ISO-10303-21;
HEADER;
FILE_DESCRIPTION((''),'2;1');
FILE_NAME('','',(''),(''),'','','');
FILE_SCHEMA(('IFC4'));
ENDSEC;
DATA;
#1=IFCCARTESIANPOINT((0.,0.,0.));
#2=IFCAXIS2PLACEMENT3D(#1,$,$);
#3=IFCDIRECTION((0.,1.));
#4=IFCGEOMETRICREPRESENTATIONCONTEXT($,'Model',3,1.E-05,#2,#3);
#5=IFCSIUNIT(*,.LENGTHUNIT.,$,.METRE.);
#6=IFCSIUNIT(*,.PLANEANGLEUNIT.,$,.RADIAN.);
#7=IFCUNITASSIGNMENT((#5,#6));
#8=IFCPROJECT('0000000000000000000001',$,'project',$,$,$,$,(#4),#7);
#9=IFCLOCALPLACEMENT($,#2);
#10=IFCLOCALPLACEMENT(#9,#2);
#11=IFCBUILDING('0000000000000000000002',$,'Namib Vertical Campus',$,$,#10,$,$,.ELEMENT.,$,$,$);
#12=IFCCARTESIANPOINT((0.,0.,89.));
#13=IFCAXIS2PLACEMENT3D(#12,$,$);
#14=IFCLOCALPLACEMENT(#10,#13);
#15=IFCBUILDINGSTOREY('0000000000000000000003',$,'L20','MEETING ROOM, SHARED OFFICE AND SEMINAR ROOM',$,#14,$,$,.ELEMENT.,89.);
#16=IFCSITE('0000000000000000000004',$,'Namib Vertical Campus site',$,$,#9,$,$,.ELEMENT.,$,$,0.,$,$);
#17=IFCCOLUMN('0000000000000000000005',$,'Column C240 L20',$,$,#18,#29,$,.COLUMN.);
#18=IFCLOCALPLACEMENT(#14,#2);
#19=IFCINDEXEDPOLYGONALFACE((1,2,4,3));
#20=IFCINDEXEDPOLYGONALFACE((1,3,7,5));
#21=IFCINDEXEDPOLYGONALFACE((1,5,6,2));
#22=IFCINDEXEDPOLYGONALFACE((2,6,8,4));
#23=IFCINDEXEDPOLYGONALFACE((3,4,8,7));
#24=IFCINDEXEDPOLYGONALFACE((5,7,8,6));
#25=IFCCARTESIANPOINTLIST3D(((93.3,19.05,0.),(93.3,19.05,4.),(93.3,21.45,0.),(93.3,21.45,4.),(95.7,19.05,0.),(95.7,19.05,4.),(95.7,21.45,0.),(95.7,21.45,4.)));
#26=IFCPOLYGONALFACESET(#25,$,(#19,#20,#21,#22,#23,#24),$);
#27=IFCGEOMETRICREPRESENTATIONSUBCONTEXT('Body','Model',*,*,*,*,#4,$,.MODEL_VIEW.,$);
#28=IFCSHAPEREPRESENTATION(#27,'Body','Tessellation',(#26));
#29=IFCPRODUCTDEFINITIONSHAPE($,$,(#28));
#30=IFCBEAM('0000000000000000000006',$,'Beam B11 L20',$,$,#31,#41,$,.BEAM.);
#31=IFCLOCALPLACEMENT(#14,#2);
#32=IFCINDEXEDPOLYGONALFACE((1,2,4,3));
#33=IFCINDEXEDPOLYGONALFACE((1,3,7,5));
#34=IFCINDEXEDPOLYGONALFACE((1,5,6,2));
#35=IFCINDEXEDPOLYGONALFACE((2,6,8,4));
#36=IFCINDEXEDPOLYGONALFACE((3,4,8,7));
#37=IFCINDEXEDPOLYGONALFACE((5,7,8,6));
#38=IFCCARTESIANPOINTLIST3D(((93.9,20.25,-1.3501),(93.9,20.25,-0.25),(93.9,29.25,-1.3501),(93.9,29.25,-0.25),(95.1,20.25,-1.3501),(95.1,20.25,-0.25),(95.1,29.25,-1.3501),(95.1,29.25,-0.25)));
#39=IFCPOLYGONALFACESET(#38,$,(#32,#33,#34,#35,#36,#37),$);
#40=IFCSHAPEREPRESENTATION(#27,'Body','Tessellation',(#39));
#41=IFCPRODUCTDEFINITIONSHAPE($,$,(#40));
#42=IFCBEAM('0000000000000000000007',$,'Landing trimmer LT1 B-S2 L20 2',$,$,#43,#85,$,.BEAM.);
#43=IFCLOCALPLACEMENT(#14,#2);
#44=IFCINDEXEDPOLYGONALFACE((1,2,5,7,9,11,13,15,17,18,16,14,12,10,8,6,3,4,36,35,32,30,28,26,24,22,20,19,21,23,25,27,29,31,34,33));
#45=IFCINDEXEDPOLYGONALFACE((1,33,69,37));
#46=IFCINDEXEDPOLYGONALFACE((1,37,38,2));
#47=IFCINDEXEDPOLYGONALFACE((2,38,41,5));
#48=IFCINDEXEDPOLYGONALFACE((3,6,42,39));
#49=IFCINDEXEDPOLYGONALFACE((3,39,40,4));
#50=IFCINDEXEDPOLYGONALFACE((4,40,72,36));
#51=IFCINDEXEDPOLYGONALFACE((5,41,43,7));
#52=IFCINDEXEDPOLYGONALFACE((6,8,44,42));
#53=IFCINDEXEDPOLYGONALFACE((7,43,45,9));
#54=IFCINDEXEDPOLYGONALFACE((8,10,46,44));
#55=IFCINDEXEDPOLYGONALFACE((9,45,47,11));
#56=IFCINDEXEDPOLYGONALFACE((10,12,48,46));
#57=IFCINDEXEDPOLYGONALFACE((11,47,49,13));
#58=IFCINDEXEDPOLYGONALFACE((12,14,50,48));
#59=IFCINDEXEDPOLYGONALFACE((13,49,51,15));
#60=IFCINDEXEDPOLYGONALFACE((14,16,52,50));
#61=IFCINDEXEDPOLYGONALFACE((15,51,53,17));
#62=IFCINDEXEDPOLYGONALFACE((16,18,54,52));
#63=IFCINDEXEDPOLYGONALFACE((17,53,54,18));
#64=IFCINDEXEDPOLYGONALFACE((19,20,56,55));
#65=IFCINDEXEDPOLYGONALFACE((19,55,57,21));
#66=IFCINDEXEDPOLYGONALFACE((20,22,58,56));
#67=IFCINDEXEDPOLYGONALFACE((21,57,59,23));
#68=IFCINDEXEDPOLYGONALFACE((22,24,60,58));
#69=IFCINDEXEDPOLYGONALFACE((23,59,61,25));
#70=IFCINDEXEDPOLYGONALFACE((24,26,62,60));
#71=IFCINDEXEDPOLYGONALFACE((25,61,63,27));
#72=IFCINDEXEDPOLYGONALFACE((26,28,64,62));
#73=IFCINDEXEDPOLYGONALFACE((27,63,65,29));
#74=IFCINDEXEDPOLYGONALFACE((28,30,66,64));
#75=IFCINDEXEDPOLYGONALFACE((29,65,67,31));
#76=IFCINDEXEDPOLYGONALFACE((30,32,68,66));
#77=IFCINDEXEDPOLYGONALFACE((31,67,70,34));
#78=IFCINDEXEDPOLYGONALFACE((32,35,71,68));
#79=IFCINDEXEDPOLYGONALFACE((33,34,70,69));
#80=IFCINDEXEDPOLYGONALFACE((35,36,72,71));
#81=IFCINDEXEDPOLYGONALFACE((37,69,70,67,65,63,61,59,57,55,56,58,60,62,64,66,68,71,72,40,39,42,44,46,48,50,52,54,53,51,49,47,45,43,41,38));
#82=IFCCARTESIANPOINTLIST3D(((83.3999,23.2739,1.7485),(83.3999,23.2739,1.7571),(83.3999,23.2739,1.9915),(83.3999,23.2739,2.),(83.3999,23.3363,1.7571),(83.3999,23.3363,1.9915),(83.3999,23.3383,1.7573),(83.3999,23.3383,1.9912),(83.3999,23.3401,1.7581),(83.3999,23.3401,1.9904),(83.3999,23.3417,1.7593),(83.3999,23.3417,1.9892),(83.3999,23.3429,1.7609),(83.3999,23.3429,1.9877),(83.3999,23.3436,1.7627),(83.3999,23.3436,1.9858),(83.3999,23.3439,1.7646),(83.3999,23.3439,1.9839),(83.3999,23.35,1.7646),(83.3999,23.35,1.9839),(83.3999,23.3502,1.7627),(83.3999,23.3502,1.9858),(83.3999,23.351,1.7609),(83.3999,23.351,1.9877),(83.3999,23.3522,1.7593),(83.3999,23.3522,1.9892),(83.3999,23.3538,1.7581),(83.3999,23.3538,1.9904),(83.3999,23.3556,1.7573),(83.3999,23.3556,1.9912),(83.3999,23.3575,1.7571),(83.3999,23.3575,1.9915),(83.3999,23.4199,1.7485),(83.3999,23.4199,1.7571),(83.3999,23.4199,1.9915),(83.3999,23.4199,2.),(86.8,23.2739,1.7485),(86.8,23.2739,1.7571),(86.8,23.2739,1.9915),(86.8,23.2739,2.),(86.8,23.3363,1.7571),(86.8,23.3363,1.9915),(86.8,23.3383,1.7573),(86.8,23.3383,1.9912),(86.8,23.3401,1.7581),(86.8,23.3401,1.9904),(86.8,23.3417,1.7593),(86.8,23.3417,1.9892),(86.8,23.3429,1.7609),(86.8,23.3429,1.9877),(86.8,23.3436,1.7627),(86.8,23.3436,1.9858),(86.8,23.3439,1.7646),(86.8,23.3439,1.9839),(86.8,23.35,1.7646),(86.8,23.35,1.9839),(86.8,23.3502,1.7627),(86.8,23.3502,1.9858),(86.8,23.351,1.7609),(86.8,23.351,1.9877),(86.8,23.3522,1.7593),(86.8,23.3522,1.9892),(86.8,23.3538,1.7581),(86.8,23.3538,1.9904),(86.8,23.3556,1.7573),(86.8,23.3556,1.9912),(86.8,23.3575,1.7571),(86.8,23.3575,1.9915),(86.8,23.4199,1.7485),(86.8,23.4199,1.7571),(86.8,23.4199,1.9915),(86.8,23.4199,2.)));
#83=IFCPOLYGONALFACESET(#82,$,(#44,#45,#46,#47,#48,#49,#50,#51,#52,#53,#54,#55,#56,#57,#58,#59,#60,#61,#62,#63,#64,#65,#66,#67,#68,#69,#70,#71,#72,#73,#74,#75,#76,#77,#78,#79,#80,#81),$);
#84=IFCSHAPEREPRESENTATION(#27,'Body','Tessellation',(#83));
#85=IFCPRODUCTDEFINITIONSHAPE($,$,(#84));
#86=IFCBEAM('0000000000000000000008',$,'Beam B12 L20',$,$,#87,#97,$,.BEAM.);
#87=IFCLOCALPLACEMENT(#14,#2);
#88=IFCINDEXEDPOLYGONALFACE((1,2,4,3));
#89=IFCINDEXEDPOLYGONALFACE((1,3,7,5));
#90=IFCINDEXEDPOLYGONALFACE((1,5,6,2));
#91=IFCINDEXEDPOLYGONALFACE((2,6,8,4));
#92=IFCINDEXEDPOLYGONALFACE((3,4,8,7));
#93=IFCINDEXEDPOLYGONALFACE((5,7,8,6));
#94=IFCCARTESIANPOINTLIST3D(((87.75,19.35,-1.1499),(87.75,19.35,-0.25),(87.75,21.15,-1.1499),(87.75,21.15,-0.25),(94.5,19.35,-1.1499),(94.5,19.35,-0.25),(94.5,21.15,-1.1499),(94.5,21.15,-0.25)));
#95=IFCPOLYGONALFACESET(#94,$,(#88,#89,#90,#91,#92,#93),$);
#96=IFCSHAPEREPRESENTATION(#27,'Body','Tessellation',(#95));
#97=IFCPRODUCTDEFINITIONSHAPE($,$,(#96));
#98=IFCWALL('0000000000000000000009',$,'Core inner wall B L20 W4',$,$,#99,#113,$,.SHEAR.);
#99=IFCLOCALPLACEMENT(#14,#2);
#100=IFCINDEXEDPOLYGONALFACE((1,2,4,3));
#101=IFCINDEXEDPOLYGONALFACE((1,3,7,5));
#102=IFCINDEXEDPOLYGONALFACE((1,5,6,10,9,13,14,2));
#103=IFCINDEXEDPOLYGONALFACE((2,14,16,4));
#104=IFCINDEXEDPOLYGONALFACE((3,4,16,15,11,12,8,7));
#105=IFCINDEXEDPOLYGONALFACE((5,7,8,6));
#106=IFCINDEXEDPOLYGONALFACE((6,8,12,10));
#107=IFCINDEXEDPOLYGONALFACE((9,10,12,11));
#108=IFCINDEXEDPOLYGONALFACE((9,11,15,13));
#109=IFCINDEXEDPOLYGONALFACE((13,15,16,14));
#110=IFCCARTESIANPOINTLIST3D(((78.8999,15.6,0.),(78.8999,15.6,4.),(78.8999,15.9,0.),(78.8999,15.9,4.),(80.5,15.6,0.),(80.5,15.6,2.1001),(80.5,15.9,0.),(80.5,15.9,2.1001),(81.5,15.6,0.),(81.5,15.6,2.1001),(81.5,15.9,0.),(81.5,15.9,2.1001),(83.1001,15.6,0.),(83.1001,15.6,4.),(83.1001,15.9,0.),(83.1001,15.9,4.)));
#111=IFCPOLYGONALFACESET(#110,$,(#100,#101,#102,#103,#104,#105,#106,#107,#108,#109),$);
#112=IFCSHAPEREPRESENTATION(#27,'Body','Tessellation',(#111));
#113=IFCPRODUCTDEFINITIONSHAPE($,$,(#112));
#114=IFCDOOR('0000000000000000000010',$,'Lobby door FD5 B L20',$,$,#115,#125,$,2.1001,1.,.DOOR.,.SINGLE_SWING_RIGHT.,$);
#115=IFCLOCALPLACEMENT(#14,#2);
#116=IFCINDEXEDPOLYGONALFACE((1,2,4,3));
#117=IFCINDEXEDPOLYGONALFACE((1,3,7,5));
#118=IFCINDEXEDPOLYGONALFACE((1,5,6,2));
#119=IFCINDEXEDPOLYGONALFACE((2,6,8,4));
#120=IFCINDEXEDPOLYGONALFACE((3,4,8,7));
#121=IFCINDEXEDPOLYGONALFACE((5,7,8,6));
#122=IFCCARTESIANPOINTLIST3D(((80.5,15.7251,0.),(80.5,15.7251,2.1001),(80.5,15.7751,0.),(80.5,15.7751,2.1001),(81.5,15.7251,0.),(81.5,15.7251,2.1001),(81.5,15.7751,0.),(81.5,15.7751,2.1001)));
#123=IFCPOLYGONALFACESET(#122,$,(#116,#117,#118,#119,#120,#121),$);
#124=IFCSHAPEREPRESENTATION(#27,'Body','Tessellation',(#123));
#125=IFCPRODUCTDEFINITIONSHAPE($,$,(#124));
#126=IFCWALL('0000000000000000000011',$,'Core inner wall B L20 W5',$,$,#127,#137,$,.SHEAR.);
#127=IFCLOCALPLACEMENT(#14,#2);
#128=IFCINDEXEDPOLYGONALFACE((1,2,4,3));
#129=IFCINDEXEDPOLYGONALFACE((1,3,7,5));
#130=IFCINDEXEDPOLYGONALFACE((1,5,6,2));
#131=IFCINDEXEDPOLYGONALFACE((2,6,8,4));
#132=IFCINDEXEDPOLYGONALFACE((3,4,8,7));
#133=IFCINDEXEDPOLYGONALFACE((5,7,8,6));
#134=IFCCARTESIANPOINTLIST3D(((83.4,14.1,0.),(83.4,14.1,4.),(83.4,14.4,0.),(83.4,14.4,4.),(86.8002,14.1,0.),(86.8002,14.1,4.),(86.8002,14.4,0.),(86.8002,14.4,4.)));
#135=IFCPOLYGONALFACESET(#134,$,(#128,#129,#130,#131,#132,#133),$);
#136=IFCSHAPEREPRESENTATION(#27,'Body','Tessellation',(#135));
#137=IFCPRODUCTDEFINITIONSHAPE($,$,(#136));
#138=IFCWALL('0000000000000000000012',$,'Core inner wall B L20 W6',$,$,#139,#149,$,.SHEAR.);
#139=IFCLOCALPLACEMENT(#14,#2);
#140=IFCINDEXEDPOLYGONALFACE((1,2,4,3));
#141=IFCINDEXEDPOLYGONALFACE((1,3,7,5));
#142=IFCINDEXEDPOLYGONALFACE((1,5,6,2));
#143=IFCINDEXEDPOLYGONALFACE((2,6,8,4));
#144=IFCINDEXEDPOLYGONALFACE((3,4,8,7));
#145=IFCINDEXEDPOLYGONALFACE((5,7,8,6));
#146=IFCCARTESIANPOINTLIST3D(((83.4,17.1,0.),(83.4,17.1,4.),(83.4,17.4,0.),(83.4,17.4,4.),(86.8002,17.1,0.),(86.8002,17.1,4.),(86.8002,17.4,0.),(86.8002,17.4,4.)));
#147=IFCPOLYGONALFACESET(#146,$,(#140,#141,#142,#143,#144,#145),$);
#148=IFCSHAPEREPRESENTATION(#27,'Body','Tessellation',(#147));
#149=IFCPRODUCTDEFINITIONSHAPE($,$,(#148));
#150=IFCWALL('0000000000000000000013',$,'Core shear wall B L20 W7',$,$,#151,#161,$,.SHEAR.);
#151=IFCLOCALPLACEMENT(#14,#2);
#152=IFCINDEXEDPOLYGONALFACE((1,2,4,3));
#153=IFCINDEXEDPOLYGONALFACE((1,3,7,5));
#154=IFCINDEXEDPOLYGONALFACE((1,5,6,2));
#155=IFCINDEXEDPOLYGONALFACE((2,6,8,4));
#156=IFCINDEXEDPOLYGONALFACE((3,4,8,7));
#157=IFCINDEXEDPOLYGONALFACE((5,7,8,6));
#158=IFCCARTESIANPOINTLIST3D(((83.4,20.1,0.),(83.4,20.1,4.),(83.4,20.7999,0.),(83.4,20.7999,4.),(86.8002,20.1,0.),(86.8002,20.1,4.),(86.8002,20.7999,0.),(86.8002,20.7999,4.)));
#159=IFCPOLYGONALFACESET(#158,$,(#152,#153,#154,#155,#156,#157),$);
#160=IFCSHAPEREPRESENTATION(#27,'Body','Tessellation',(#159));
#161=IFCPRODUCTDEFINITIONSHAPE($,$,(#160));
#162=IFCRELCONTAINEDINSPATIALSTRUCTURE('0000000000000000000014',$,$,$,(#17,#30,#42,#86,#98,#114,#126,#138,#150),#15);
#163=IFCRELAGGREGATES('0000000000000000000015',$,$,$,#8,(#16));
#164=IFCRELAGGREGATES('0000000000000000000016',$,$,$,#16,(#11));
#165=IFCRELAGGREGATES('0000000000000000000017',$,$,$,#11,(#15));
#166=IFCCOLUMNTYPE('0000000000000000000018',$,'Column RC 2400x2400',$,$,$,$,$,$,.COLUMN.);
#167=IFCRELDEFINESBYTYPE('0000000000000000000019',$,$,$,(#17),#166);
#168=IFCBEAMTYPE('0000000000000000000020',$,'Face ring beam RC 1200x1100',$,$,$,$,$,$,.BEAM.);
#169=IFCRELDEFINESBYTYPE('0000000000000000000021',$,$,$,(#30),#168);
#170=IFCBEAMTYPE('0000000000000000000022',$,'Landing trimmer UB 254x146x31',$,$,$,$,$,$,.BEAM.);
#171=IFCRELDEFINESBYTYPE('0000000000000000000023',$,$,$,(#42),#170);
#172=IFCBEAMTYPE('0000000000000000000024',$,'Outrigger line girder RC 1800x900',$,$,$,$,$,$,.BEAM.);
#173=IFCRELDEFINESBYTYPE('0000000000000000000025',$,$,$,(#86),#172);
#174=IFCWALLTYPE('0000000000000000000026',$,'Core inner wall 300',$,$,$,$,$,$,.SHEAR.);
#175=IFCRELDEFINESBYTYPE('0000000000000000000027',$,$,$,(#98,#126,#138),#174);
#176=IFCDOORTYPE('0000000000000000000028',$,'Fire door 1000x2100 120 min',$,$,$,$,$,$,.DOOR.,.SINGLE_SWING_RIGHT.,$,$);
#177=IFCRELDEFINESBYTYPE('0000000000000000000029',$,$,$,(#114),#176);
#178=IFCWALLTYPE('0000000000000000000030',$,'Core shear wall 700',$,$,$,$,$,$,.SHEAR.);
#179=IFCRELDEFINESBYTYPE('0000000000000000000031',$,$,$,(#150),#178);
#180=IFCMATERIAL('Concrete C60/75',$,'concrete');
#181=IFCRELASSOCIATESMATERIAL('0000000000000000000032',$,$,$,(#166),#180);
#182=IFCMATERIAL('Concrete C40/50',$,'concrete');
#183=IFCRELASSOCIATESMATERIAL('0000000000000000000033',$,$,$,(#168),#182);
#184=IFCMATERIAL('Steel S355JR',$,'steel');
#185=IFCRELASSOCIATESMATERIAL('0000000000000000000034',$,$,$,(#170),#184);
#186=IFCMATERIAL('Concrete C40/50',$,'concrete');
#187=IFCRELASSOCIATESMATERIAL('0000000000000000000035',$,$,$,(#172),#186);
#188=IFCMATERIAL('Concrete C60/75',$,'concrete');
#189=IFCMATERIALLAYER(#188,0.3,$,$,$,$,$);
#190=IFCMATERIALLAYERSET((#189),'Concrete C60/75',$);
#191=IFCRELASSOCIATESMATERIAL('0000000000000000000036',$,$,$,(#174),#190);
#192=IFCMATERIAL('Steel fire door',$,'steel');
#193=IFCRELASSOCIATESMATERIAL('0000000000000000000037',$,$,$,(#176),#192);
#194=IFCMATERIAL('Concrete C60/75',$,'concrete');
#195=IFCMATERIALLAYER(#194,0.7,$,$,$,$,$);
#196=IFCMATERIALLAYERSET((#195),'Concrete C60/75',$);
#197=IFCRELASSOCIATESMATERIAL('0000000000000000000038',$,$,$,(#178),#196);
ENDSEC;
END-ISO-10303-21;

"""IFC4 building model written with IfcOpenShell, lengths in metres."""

from ifc_helpers import new_model, si_unit, direction, frame, frame_2d, origin, origin_2d, place, context, subcontext, project, spatial, rectangle, i_section, extrude, material, layer, layer_set, material_profile, profile_set, type_object, element, fill, save


model = new_model("IFC4")

# Units and contexts
model_context = context("Model", 3, precision=1e-05, world=origin(), true_north=direction((0.0, 1.0)))
body_context = subcontext(model_context, "Body", "Model", "MODEL_VIEW")
ifc_project = project(units=[si_unit("LENGTHUNIT", "METRE"), si_unit("PLANEANGLEUNIT", "RADIAN")], contexts=[model_context])

# Site, building, storey
site_placement = place(None, origin())
site = spatial("IfcSite", under=ifc_project, at=site_placement, Name="Namib Vertical Campus site", CompositionType="ELEMENT", RefElevation=0.0)
building_placement = place(site_placement, origin())
building = spatial("IfcBuilding", under=site, at=building_placement, Name="Namib Vertical Campus", CompositionType="ELEMENT")
storey_placement = place(building_placement, frame((0.0, 0.0, 89.0)))
storey = spatial("IfcBuildingStorey", under=building, at=storey_placement, Name="L20", Description="MEETING ROOM, SHARED OFFICE AND SEMINAR ROOM", CompositionType="ELEMENT", Elevation=89.0)

# Column
ifc_material_1 = material(Name="Concrete C60/75", Category="concrete")
ifc_material_profile_1 = material_profile(ifc_material_1, rectangle(XDim=2.3999, YDim=2.3999, at=origin_2d()))
ifc_profile_set_1 = profile_set([ifc_material_profile_1], Name="Concrete C60/75")
column_type = type_object("IfcColumnType", Name="Column RC 2400x2400", PredefinedType="COLUMN", material=ifc_profile_set_1)
column_placement = place(storey_placement, frame((94.5, 20.25, 0.0), z_axis=(0.0, 0.0, 1.0), x_axis=(1.0, 0.0, 0.0)))
element("IfcColumn", 1, at=column_placement, inside=storey, type_object=column_type, Name="Column C240 L20", PredefinedType="COLUMN", context=body_context, shape_type="SweptSolid", body=[
    extrude(rectangle(XDim=2.3999, YDim=2.3999, at=origin_2d()), origin(), (0.0, 0.0, 1.0), 4.0),
])

# Beams
ifc_material_2 = material(Name="Concrete C40/50", Category="concrete")
ifc_material_profile_2 = material_profile(ifc_material_2, rectangle(XDim=1.2, YDim=1.1001, at=origin_2d()))
ifc_profile_set_2 = profile_set([ifc_material_profile_2], Name="Concrete C40/50")
beam_type_1 = type_object("IfcBeamType", Name="Face ring beam RC 1200x1100", PredefinedType="BEAM", material=ifc_profile_set_2)
beam_1_placement = place(storey_placement, frame((94.5, 20.25, -0.8), z_axis=(0.0, 1.0, 0.0), x_axis=(-1.0, 0.0, 0.0)))
element("IfcBeam", 2, at=beam_1_placement, inside=storey, type_object=beam_type_1, Name="Beam B11 L20", PredefinedType="BEAM", context=body_context, shape_type="SweptSolid", body=[
    extrude(rectangle(XDim=1.2, YDim=1.1001, at=origin_2d()), origin(), (0.0, 0.0, 1.0), 9.0),
])
ifc_material_3 = material(Name="Steel S355JR", Category="steel")
ifc_material_profile_3 = material_profile(ifc_material_3, i_section(OverallWidth=0.146, OverallDepth=0.2515, WebThickness=0.0061, FlangeThickness=0.0085, FilletRadius=0.0076, at=origin_2d()))
ifc_profile_set_3 = profile_set([ifc_material_profile_3], Name="Steel S355JR")
beam_type_2 = type_object("IfcBeamType", Name="Landing trimmer UB 254x146x31", PredefinedType="BEAM", material=ifc_profile_set_3)
beam_2_placement = place(storey_placement, frame((83.3999, 23.3469, 1.8743), z_axis=(1.0, 0.0, 0.0), x_axis=(0.0, 1.0, 0.0)))
element("IfcBeam", 3, at=beam_2_placement, inside=storey, type_object=beam_type_2, Name="Landing trimmer LT1 B-S2 L20 2", PredefinedType="BEAM", context=body_context, shape_type="SweptSolid", body=[
    extrude(i_section(OverallWidth=0.146, OverallDepth=0.2515, WebThickness=0.0061, FlangeThickness=0.0085, FilletRadius=0.0076, at=origin_2d()), origin(), (0.0, 0.0, 1.0), 3.4001),
])
ifc_material_4 = material(Name="Concrete C40/50", Category="concrete")
ifc_material_profile_4 = material_profile(ifc_material_4, rectangle(XDim=1.8, YDim=0.8999, at=origin_2d()))
ifc_profile_set_4 = profile_set([ifc_material_profile_4], Name="Concrete C40/50")
beam_type_3 = type_object("IfcBeamType", Name="Outrigger line girder RC 1800x900", PredefinedType="BEAM", material=ifc_profile_set_4)
beam_3_placement = place(storey_placement, frame((94.5, 20.25, -0.7), z_axis=(-1.0, 0.0, 0.0), x_axis=(0.0, -1.0, 0.0)))
element("IfcBeam", 4, at=beam_3_placement, inside=storey, type_object=beam_type_3, Name="Beam B12 L20", PredefinedType="BEAM", context=body_context, shape_type="SweptSolid", body=[
    extrude(rectangle(XDim=1.8, YDim=0.8999, at=origin_2d()), origin(), (0.0, 0.0, 1.0), 6.75),
])

# Wall, opening, door
ifc_material_5 = material(Name="Concrete C60/75", Category="concrete")
ifc_layer_1 = layer(ifc_material_5, 0.3)
ifc_layer_set_1 = layer_set([ifc_layer_1], Name="Concrete C60/75")
wall_type_1 = type_object("IfcWallType", Name="Core inner wall 300", PredefinedType="SHEAR", material=ifc_layer_set_1)
wall_1_placement = place(storey_placement, frame((78.8999, 15.75, 0.0), z_axis=(0.0, 0.0, 1.0), x_axis=(1.0, 0.0, 0.0)))
wall_1 = element("IfcWall", 5, at=wall_1_placement, inside=storey, type_object=wall_type_1, Name="Core inner wall B L20 W4", PredefinedType="SHEAR", context=body_context, shape_type="SweptSolid", body=[
    extrude(rectangle(XDim=4.2002, YDim=0.3, at=frame_2d((2.1001, 0.0))), origin(), (0.0, 0.0, 1.0), 4.0),
])
opening_1_placement = place(wall_1_placement, frame((1.6001, 0.0, 0.0)))
opening_1 = element("IfcOpeningElement", 6, at=opening_1_placement, cuts=wall_1, PredefinedType="OPENING", context=body_context, shape_type="SweptSolid", body=[
    extrude(rectangle(XDim=1.0, YDim=2.1001, at=frame_2d((0.5, 1.05))), frame((0.0, 0.1599, 0.0), z_axis=(0.0, -1.0, 0.0), x_axis=(1.0, 0.0, 0.0)), (0.0, 0.0, 1.0), 0.3201),
])
ifc_material_6 = material(Name="Steel fire door", Category="steel")
door_type_1 = type_object("IfcDoorType", Name="Fire door 1000x2100 120 min", OperationType="SINGLE_SWING_RIGHT", PredefinedType="DOOR", material=ifc_material_6)
door_1_placement = place(opening_1_placement, frame((1.0, 0.0, 0.0), z_axis=(0.0, 0.0, 1.0), x_axis=(-1.0, 0.0, 0.0)))
door_1 = element("IfcDoor", 7, at=door_1_placement, inside=storey, type_object=door_type_1, Name="Lobby door FD5 B L20", OperationType="SINGLE_SWING_RIGHT", OverallHeight=2.1001, OverallWidth=1.0, PredefinedType="DOOR", context=body_context, shape_type="SweptSolid", body=[
    extrude(rectangle(XDim=1.0, YDim=2.1001, at=frame_2d((0.5, 1.05))), frame((0.0, 0.0249, 0.0), z_axis=(0.0, -1.0, 0.0), x_axis=(1.0, 0.0, 0.0)), (0.0, 0.0, 1.0), 0.05),
])
fill(opening_1, door_1)

# Walls
for number, where, z_axis, x_axis, name in (
    (8, (83.3999, 14.25, 0.0), (0.0, 0.0, 1.0), (1.0, 0.0, 0.0), "Core inner wall B L20 W5"),
    (9, (83.3999, 17.25, 0.0), (0.0, 0.0, 1.0), (1.0, 0.0, 0.0), "Core inner wall B L20 W6"),
):
    element("IfcWall", number, at=place(storey_placement, frame(where, z_axis=z_axis, x_axis=x_axis)), inside=storey, type_object=wall_type_1, Name=name, PredefinedType="SHEAR", context=body_context, shape_type="SweptSolid", body=[
        extrude(rectangle(XDim=3.4001, YDim=0.3, at=frame_2d((1.7002, 0.0))), origin(), (0.0, 0.0, 1.0), 4.0),
    ])
ifc_material_7 = material(Name="Concrete C60/75", Category="concrete")
ifc_layer_2 = layer(ifc_material_7, 0.7)
ifc_layer_set_2 = layer_set([ifc_layer_2], Name="Concrete C60/75")
wall_type_2 = type_object("IfcWallType", Name="Core shear wall 700", PredefinedType="SHEAR", material=ifc_layer_set_2)
wall_2_placement = place(storey_placement, frame((83.3999, 20.45, 0.0), z_axis=(0.0, 0.0, 1.0), x_axis=(1.0, 0.0, 0.0)))
element("IfcWall", 10, at=wall_2_placement, inside=storey, type_object=wall_type_2, Name="Core shear wall B L20 W7", PredefinedType="SHEAR", context=body_context, shape_type="SweptSolid", body=[
    extrude(rectangle(XDim=3.4001, YDim=0.7, at=frame_2d((1.7002, 0.0))), origin(), (0.0, 0.0, 1.0), 4.0),
])

save(model, "model.ifc")
